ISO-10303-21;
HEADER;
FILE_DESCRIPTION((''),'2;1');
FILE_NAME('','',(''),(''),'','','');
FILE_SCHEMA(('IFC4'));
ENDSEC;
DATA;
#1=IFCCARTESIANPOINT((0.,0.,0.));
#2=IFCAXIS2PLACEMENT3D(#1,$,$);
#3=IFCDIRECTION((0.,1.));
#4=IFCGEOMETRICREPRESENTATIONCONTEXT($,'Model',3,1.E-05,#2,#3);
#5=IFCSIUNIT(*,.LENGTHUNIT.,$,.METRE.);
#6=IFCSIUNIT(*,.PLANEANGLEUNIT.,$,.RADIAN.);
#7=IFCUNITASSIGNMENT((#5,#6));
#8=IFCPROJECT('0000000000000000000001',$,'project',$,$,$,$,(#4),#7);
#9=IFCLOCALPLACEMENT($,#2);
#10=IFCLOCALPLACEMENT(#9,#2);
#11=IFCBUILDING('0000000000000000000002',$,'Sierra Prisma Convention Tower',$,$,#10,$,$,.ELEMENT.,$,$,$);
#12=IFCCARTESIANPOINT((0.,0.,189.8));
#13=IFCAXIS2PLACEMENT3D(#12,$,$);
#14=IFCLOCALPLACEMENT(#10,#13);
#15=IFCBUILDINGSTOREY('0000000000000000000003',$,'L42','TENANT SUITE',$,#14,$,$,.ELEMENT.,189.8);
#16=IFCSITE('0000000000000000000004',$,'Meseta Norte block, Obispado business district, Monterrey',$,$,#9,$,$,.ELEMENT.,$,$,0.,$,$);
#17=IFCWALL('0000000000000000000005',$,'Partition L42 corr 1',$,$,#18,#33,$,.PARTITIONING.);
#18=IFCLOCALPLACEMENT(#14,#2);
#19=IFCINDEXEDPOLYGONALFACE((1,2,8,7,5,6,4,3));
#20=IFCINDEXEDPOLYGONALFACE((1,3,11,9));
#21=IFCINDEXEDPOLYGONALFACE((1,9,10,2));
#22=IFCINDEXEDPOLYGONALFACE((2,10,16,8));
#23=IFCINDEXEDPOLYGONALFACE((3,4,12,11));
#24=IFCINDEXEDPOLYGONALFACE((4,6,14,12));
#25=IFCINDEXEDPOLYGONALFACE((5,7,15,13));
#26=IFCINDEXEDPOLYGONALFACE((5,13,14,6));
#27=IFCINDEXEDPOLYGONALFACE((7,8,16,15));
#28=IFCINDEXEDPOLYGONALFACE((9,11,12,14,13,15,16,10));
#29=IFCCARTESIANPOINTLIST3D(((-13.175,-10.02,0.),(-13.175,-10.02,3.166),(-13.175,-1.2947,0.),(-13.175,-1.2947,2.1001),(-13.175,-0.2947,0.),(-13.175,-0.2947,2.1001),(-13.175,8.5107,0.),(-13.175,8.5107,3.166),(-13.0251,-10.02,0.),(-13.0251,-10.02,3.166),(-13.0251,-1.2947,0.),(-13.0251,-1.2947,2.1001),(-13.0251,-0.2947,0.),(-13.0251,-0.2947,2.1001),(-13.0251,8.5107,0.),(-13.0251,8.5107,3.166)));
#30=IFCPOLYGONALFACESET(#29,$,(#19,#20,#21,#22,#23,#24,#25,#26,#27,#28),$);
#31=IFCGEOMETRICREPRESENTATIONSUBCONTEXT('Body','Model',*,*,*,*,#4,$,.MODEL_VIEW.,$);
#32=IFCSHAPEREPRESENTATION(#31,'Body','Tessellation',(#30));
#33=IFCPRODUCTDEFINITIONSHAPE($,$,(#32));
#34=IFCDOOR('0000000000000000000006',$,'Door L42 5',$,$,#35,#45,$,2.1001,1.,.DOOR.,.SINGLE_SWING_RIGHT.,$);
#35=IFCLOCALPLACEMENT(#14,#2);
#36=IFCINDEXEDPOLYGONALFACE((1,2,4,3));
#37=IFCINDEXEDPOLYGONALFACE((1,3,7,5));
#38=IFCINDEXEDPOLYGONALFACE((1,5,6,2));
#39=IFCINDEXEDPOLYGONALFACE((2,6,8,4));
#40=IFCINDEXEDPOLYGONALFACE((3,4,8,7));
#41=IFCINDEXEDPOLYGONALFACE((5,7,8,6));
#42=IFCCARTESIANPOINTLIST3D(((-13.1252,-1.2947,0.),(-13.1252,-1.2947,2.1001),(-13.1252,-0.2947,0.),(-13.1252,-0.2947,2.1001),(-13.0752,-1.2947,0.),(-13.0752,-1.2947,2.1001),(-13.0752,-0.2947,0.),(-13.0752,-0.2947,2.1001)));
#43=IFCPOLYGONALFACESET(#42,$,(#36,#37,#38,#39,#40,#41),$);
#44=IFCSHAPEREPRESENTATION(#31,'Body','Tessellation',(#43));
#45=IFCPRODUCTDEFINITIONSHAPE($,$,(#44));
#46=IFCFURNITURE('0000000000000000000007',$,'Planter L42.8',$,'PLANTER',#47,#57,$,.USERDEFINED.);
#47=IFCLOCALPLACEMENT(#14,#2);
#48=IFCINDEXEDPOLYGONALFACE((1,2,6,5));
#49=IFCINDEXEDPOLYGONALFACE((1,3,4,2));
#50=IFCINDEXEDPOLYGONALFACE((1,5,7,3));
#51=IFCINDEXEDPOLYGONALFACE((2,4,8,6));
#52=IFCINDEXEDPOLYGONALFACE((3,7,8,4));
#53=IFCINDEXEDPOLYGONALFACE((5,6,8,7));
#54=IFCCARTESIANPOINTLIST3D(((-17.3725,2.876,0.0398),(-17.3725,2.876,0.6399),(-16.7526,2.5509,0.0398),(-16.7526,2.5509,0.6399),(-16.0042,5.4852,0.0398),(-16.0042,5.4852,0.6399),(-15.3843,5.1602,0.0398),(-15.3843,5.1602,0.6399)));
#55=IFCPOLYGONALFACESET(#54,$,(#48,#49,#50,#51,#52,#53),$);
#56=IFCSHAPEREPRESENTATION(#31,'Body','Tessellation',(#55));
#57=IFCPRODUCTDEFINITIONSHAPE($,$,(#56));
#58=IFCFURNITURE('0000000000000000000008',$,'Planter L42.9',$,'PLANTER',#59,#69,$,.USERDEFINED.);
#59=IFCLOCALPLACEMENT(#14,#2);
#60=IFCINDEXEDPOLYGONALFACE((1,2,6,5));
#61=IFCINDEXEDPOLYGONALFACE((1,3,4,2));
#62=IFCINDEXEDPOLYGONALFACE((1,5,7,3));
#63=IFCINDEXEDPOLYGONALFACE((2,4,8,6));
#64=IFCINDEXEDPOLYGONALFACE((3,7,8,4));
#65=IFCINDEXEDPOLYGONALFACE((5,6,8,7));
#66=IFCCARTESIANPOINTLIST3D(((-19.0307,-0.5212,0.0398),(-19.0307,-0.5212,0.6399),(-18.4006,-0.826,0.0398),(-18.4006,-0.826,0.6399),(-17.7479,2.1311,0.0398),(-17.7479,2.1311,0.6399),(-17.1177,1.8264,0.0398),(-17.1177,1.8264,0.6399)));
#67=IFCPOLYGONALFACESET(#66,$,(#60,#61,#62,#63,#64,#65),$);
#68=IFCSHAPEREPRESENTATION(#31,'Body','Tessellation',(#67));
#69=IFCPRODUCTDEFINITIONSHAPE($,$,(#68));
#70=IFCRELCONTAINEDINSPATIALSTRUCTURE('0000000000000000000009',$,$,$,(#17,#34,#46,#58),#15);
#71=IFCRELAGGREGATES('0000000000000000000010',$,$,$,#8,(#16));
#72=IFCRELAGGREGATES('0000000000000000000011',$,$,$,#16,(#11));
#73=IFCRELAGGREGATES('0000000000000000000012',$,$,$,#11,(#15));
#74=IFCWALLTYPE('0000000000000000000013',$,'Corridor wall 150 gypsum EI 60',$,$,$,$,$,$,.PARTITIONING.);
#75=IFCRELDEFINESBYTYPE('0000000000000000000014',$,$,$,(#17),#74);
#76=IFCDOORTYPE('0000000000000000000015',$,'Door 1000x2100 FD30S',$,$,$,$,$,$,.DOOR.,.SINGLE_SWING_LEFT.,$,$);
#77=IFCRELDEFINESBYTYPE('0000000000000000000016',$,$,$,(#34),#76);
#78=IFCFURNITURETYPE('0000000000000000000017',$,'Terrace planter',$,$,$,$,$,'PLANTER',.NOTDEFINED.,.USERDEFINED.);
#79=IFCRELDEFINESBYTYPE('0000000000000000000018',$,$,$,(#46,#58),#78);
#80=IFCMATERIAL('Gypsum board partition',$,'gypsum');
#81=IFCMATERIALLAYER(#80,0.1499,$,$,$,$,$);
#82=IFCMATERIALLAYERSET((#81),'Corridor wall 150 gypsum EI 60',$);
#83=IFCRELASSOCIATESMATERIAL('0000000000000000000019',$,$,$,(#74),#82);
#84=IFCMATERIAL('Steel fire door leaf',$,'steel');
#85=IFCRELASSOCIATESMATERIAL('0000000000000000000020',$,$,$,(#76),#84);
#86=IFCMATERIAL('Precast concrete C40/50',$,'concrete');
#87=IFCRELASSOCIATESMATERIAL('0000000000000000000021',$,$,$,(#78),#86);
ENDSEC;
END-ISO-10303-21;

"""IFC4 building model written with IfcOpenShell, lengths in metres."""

from ifc_helpers import new_model, si_unit, direction, frame, frame_2d, origin, origin_2d, place, context, subcontext, project, spatial, rectangle, extrude, material, layer, layer_set, type_object, element, fill, save


model = new_model("IFC4")

# Units and contexts
model_context = context("Model", 3, precision=1e-05, world=origin(), true_north=direction((0.0, 1.0)))
body_context = subcontext(model_context, "Body", "Model", "MODEL_VIEW")
ifc_project = project(units=[si_unit("LENGTHUNIT", "METRE"), si_unit("PLANEANGLEUNIT", "RADIAN")], contexts=[model_context])

# Site, building, storey
site_placement = place(None, origin())
site = spatial("IfcSite", under=ifc_project, at=site_placement, Name="Meseta Norte block, Obispado business district, Monterrey", CompositionType="ELEMENT", RefElevation=0.0)
building_placement = place(site_placement, origin())
building = spatial("IfcBuilding", under=site, at=building_placement, Name="Sierra Prisma Convention Tower", CompositionType="ELEMENT")
storey_placement = place(building_placement, frame((0.0, 0.0, 189.8)))
storey = spatial("IfcBuildingStorey", under=building, at=storey_placement, Name="L42", Description="TENANT SUITE", CompositionType="ELEMENT", Elevation=189.8)

# Wall, opening, door
ifc_material_1 = material(Name="Gypsum board partition", Category="gypsum")
ifc_layer_1 = layer(ifc_material_1, 0.1499)
ifc_layer_set_1 = layer_set([ifc_layer_1], Name="Corridor wall 150 gypsum EI 60")
wall_type_1 = type_object("IfcWallType", Name="Corridor wall 150 gypsum EI 60", PredefinedType="PARTITIONING", material=ifc_layer_set_1)
wall_1_placement = place(storey_placement, frame((-13.1001, 8.5107, 0.0), z_axis=(0.0, 0.0, 1.0), x_axis=(0.0, -1.0, 0.0)))
wall_1 = element("IfcWall", 1, at=wall_1_placement, inside=storey, type_object=wall_type_1, Name="Partition L42 corr 1", PredefinedType="PARTITIONING", context=body_context, shape_type="SweptSolid", body=[
    extrude(rectangle(XDim=18.5308, YDim=0.1499, at=frame_2d((9.2654, 0.0))), origin(), (0.0, 0.0, 1.0), 3.166),
])
opening_1_placement = place(wall_1_placement, frame((8.8054, 0.0, 0.0)))
opening_1 = element("IfcOpeningElement", 2, at=opening_1_placement, cuts=wall_1, PredefinedType="OPENING", context=body_context, shape_type="SweptSolid", body=[
    extrude(rectangle(XDim=1.0, YDim=2.1001, at=frame_2d((0.5, 1.05))), frame((0.0, 0.075, 0.0), z_axis=(0.0, -1.0, 0.0), x_axis=(1.0, 0.0, 0.0)), (0.0, 0.0, 1.0), 0.1499),
])
ifc_material_2 = material(Name="Steel fire door leaf", Category="steel")
door_type_1 = type_object("IfcDoorType", Name="Door 1000x2100 FD30S", OperationType="SINGLE_SWING_LEFT", PredefinedType="DOOR", material=ifc_material_2)
door_1_placement = place(opening_1_placement, origin())
door_1 = element("IfcDoor", 3, at=door_1_placement, inside=storey, type_object=door_type_1, Name="Door L42 5", OperationType="SINGLE_SWING_RIGHT", OverallHeight=2.1001, OverallWidth=1.0, PredefinedType="DOOR", context=body_context, shape_type="SweptSolid", body=[
    extrude(rectangle(XDim=1.0, YDim=2.1001, at=frame_2d((0.5, 1.05))), frame((0.0, 0.0249, 0.0), z_axis=(0.0, -1.0, 0.0), x_axis=(1.0, 0.0, 0.0)), (0.0, 0.0, 1.0), 0.05),
])
fill(opening_1, door_1)

# Furniture
ifc_material_3 = material(Name="Precast concrete C40/50", Category="concrete")
furniture_type = type_object("IfcFurnitureType", Name="Terrace planter", ElementType="PLANTER", AssemblyPlace="NOTDEFINED", PredefinedType="USERDEFINED", material=ifc_material_3)
for number, where, z_axis, x_axis, name in (
    (4, (-16.3784, 4.0181, 0.0398), (0.0, 0.0, 1.0), (-0.46442, -0.885615, 0.0), "Planter L42.8"),
    (5, (-18.0742, 0.6526, 0.0398), (0.0, 0.0, 1.0), (-0.435402, -0.900236, 0.0), "Planter L42.9"),
):
    element("IfcFurniture", number, at=place(storey_placement, frame(where, z_axis=z_axis, x_axis=x_axis)), inside=storey, type_object=furniture_type, Name=name, ObjectType="PLANTER", PredefinedType="USERDEFINED", context=body_context, shape_type="SweptSolid", body=[
        extrude(rectangle(XDim=2.9463, YDim=0.7, at=origin_2d()), origin(), (0.0, 0.0, 1.0), 0.6001),
    ])

save(model, "model.ifc")
